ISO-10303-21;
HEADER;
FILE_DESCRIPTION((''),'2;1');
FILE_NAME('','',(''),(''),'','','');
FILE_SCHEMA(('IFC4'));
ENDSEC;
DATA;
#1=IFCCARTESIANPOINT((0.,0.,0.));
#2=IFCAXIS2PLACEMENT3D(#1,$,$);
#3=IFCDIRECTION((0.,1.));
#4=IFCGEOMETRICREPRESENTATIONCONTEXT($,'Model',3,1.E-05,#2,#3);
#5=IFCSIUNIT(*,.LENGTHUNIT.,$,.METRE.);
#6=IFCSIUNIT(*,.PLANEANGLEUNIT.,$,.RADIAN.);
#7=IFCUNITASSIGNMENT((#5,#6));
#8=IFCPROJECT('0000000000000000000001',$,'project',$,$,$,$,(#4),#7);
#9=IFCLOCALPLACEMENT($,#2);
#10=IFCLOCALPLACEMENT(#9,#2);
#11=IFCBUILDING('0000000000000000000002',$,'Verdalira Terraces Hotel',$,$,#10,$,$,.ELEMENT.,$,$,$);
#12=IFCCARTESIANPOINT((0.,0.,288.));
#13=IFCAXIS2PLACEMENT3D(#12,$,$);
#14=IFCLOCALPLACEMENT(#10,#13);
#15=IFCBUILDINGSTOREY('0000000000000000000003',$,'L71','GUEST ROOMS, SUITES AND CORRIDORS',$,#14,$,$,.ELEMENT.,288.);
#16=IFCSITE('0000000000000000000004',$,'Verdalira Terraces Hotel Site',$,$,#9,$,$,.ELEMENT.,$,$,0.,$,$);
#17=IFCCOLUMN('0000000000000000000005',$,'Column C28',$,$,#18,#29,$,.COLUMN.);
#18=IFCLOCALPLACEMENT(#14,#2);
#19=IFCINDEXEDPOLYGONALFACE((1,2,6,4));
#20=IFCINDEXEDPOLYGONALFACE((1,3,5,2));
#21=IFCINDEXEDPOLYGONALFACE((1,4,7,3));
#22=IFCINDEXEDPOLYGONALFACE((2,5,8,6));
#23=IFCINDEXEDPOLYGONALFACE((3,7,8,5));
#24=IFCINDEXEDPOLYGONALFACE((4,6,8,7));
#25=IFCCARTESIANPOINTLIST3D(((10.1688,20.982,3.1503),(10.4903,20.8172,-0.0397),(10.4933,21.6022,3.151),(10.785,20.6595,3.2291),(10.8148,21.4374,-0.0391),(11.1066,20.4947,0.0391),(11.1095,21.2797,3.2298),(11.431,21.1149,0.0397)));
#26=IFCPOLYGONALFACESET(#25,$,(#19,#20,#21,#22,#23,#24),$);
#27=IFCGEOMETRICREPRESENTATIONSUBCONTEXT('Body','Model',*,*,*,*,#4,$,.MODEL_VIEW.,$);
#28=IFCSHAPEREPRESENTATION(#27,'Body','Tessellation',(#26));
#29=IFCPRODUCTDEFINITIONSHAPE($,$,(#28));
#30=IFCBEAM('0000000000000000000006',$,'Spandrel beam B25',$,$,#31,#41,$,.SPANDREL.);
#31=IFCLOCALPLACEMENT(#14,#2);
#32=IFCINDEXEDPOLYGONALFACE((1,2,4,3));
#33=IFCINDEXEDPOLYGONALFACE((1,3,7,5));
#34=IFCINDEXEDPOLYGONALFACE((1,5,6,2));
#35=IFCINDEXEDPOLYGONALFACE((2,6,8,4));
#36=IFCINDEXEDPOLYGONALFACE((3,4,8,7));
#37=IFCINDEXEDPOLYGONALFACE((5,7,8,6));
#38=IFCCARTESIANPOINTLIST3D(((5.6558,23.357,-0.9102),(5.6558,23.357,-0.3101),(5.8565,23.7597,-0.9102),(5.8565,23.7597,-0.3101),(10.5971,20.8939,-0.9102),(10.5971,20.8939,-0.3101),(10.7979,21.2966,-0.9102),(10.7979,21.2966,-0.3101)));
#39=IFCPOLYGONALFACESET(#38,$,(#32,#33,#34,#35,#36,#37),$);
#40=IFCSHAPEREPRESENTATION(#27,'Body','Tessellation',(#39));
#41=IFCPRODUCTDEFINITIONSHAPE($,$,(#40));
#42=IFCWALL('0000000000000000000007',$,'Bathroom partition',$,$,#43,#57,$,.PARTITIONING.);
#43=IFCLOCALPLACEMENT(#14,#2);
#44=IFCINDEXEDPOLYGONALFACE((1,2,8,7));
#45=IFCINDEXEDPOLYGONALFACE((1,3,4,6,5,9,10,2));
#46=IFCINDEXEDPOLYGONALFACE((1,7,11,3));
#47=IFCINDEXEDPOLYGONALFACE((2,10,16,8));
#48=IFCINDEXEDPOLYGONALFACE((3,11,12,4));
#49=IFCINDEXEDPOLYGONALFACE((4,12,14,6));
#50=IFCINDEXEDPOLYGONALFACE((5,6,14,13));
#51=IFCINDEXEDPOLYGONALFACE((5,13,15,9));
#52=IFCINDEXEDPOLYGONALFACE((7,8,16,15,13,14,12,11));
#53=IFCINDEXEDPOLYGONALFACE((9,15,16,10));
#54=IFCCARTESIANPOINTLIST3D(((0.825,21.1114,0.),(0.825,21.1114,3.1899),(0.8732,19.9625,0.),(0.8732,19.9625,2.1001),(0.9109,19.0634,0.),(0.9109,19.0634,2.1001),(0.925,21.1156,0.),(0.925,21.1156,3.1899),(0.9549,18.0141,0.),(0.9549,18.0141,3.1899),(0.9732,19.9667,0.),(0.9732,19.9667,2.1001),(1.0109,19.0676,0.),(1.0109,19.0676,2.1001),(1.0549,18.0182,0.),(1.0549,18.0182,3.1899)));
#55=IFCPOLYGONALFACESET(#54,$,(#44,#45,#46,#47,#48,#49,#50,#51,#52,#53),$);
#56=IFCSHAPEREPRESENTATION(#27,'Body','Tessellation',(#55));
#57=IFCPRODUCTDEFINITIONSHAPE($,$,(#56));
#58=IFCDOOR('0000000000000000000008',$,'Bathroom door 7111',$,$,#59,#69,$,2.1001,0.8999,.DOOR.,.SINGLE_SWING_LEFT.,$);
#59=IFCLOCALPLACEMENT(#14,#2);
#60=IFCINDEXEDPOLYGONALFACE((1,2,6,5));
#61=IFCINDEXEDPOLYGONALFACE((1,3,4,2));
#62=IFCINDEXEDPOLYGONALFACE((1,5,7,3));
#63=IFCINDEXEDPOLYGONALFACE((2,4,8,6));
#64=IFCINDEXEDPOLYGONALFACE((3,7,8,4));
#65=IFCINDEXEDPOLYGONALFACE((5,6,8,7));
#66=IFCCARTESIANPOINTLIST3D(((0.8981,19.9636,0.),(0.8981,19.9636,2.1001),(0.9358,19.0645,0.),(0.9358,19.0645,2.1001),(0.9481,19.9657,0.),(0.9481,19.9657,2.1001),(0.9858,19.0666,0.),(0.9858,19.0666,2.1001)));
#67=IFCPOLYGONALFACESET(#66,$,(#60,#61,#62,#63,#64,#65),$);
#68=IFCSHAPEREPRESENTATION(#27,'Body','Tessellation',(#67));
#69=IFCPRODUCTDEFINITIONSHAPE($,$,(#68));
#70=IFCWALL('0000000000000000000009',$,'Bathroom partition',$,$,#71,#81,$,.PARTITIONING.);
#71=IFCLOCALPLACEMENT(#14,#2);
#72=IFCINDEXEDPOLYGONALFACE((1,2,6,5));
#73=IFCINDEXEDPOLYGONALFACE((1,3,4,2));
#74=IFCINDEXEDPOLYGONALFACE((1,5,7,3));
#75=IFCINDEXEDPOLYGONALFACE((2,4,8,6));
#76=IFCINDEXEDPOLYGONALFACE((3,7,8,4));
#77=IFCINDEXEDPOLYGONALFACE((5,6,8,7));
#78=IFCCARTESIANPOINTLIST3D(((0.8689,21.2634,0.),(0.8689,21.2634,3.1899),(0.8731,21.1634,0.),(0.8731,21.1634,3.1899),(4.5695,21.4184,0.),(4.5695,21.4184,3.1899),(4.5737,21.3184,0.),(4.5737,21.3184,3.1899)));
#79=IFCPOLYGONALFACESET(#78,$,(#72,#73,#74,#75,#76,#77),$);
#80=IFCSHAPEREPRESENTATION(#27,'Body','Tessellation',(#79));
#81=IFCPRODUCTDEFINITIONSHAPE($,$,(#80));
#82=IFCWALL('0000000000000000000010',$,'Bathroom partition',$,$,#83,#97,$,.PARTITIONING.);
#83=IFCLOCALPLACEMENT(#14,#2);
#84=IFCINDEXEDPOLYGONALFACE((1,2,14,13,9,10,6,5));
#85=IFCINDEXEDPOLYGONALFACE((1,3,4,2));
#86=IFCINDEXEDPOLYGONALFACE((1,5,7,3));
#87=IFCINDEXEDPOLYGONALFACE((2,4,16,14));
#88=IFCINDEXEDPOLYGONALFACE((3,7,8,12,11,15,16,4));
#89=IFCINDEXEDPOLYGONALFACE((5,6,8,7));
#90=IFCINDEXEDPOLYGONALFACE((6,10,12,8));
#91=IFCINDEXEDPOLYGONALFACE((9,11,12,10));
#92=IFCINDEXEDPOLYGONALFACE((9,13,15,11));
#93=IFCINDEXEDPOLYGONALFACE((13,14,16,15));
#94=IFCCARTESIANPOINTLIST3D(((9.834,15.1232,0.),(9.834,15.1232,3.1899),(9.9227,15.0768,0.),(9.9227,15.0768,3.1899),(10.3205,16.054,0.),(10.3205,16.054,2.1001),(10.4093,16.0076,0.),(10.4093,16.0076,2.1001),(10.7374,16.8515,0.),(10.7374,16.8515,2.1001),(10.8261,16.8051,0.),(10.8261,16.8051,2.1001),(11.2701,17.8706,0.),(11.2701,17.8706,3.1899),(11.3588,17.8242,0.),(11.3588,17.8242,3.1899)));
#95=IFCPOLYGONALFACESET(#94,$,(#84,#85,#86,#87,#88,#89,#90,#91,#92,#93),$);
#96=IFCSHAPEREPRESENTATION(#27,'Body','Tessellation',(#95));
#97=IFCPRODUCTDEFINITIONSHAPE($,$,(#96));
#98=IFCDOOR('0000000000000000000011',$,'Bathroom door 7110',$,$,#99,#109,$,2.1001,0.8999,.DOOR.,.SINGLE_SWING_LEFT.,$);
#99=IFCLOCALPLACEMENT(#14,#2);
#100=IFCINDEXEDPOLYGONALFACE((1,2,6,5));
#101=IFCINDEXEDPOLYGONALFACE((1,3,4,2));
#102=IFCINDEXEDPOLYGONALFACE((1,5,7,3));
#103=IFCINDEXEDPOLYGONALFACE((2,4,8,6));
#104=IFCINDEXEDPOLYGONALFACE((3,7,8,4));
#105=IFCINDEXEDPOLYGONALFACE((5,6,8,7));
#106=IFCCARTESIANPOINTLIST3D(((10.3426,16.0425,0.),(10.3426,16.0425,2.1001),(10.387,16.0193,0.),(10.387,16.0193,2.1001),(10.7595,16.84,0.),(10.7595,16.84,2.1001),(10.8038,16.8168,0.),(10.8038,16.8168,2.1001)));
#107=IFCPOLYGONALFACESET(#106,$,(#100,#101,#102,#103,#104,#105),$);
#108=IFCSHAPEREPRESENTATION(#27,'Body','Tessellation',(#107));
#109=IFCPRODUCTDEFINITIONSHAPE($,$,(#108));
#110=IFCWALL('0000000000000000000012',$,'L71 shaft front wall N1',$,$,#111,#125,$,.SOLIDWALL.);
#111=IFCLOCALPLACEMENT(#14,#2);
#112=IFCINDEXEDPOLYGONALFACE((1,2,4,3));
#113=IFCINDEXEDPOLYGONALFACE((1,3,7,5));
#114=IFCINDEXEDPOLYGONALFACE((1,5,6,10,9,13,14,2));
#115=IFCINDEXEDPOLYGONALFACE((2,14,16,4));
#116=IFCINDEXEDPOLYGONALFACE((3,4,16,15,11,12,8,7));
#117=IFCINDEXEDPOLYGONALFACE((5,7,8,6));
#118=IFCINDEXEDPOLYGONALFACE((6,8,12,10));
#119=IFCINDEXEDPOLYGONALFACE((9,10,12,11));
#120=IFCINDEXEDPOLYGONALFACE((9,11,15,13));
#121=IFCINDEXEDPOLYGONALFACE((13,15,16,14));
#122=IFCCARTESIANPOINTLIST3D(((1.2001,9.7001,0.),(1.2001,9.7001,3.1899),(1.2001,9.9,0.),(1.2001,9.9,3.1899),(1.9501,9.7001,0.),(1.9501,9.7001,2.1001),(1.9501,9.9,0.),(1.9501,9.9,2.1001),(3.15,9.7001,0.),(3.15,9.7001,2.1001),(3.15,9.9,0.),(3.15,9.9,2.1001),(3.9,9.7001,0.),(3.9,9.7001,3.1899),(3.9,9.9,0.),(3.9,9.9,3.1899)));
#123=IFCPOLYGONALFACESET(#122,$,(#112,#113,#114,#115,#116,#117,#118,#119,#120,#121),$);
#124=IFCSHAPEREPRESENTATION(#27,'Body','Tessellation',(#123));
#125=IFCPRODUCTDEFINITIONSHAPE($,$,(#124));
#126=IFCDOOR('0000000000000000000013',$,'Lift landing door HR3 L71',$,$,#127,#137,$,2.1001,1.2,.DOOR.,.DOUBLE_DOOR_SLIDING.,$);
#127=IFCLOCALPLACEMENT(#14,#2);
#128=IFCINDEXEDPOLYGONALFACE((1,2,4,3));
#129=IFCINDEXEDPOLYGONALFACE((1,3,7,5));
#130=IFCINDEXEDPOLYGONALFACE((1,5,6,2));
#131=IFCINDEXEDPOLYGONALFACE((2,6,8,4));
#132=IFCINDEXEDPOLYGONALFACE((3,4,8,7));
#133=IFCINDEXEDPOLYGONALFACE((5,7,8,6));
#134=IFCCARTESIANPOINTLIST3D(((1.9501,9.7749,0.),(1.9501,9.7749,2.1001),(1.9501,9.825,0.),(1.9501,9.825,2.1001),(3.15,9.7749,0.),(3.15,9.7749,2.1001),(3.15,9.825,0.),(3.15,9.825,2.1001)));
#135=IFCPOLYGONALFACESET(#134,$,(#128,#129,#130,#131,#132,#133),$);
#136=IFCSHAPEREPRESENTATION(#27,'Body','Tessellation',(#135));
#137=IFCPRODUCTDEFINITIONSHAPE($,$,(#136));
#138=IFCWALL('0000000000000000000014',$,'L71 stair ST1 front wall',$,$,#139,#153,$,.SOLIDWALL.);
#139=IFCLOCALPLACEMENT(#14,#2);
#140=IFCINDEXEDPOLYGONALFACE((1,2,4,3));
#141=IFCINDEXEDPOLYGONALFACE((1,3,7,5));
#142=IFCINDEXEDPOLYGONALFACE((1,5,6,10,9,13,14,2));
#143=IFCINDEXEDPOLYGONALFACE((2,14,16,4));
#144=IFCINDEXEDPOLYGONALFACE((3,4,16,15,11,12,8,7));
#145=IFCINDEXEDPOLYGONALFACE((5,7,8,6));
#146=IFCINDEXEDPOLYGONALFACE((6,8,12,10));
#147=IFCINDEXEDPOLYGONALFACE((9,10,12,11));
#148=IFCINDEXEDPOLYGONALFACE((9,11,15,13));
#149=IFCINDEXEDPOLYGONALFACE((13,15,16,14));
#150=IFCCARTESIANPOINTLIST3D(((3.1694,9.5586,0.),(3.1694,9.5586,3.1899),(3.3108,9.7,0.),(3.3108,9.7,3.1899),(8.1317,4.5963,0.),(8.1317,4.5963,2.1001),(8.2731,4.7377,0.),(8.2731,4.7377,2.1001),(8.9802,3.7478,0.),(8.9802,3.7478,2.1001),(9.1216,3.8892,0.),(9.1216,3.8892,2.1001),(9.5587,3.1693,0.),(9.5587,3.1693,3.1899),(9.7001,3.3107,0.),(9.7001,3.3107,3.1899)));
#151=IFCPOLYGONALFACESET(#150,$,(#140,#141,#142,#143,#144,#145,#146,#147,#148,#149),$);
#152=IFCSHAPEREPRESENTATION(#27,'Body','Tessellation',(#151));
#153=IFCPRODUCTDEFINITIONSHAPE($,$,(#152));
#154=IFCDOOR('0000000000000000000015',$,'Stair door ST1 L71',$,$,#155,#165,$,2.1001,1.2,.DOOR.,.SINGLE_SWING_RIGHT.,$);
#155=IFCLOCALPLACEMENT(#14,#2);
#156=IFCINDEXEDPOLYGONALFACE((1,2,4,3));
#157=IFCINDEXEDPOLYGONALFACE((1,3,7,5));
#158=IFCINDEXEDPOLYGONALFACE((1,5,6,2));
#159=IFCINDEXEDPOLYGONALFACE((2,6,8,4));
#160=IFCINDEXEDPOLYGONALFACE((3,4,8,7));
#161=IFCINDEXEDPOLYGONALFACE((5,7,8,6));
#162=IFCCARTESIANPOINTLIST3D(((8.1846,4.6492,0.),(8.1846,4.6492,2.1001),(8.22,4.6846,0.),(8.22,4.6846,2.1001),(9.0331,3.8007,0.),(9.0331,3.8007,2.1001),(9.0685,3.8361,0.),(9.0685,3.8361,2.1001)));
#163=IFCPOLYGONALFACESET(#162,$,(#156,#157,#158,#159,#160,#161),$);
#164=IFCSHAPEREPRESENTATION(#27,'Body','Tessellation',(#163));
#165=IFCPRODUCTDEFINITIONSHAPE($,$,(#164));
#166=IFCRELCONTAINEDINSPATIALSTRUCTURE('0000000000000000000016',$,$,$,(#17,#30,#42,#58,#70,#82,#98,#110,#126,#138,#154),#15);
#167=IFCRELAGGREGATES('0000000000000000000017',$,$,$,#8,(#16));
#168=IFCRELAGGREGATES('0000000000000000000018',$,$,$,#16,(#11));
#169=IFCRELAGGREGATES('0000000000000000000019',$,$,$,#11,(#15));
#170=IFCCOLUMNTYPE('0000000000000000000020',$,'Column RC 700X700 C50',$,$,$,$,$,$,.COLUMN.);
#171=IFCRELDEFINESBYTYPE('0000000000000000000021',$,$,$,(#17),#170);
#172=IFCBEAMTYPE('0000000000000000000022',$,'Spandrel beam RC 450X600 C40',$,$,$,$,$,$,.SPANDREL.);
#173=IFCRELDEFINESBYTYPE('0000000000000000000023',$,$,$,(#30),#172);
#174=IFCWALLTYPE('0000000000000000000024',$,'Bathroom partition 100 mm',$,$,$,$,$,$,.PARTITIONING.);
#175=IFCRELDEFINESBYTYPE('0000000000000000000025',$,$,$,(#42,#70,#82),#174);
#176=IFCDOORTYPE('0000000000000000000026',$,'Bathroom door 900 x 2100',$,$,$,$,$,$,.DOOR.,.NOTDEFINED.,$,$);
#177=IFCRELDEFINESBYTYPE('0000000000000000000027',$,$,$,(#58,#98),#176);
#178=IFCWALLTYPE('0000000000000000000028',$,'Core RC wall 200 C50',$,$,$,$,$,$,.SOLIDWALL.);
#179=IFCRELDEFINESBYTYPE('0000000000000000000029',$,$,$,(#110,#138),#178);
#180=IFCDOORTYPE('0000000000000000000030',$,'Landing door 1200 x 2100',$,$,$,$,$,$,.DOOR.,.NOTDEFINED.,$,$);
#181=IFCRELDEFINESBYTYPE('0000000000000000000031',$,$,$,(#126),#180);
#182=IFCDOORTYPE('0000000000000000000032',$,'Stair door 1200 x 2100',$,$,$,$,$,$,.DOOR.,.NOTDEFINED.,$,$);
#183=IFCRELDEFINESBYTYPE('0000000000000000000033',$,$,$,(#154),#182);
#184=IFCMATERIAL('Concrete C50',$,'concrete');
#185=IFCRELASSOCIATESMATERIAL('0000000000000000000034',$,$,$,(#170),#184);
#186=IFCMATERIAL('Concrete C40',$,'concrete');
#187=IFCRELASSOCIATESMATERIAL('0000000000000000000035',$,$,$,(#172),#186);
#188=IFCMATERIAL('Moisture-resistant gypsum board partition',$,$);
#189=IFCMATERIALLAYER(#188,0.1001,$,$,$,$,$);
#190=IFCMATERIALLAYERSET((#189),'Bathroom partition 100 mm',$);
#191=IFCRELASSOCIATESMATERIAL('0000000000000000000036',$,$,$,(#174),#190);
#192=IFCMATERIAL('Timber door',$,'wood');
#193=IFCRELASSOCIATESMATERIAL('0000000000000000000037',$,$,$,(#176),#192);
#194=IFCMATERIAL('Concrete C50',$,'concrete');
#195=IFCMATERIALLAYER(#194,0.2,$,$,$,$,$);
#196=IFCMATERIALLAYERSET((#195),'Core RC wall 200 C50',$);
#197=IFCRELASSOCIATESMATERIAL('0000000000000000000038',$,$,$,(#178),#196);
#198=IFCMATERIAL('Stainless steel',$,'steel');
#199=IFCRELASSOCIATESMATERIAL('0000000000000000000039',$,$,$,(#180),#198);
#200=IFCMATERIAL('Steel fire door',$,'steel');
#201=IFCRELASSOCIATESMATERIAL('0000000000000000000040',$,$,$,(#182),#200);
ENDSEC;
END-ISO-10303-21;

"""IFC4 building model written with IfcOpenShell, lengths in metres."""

from ifc_helpers import new_model, si_unit, direction, frame, frame_2d, origin, origin_2d, place, context, subcontext, project, spatial, rectangle, extrude, material, layer, layer_set, material_profile, profile_set, type_object, element, fill, save


model = new_model("IFC4")

# Units and contexts
model_context = context("Model", 3, precision=1e-05, world=origin(), true_north=direction((0.0, 1.0)))
body_context = subcontext(model_context, "Body", "Model", "MODEL_VIEW")
ifc_project = project(units=[si_unit("LENGTHUNIT", "METRE"), si_unit("PLANEANGLEUNIT", "RADIAN")], contexts=[model_context])

# Site, building, storey
site_placement = place(None, origin())
site = spatial("IfcSite", under=ifc_project, at=site_placement, Name="Verdalira Terraces Hotel Site", CompositionType="ELEMENT", RefElevation=0.0)
building_placement = place(site_placement, origin())
building = spatial("IfcBuilding", under=site, at=building_placement, Name="Verdalira Terraces Hotel", CompositionType="ELEMENT")
storey_placement = place(building_placement, frame((0.0, 0.0, 288.0)))
storey = spatial("IfcBuildingStorey", under=building, at=storey_placement, Name="L71", Description="GUEST ROOMS, SUITES AND CORRIDORS", CompositionType="ELEMENT", Elevation=288.0)

# Column
ifc_material_1 = material(Name="Concrete C50", Category="concrete")
ifc_material_profile_1 = material_profile(ifc_material_1, rectangle(XDim=0.7, YDim=0.7, at=origin_2d()), Name="RC 700X700")
ifc_profile_set_1 = profile_set([ifc_material_profile_1], Name="Concrete C50")
column_type = type_object("IfcColumnType", Name="Column RC 700X700 C50", PredefinedType="COLUMN", material=ifc_profile_set_1)
column_placement = place(storey_placement, frame((10.9607, 20.9661, 0.0), z_axis=(-0.100156, 0.051333, 0.993647), x_axis=(-0.880392, 0.4607, -0.11254)))
element("IfcColumn", 1, at=column_placement, inside=storey, type_object=column_type, Name="Column C28", PredefinedType="COLUMN", context=body_context, shape_type="SweptSolid", body=[
    extrude(rectangle(XDim=0.7, YDim=0.7, at=origin_2d()), origin(), (0.0, 0.0, 1.0), 3.2104),
])

# Beam
ifc_material_2 = material(Name="Concrete C40", Category="concrete")
ifc_material_profile_2 = material_profile(ifc_material_2, rectangle(XDim=0.45, YDim=0.6001, at=origin_2d()), Name="RC 450X600")
ifc_profile_set_2 = profile_set([ifc_material_profile_2], Name="Concrete C40")
beam_type = type_object("IfcBeamType", Name="Spandrel beam RC 450X600 C40", PredefinedType="SPANDREL", material=ifc_profile_set_2)
beam_placement = place(storey_placement, frame((10.6975, 21.0952, -0.6101), z_axis=(-0.894975, 0.446117, 0.0), x_axis=(-0.446117, -0.894975, 0.0)))
element("IfcBeam", 2, at=beam_placement, inside=storey, type_object=beam_type, Name="Spandrel beam B25", PredefinedType="SPANDREL", context=body_context, shape_type="SweptSolid", body=[
    extrude(rectangle(XDim=0.45, YDim=0.6001, at=origin_2d()), origin(), (0.0, 0.0, 1.0), 5.5212),
])

# Wall, opening, door
ifc_material_3 = material(Name="Moisture-resistant gypsum board partition")
ifc_layer_1 = layer(ifc_material_3, 0.1001)
ifc_layer_set_1 = layer_set([ifc_layer_1], Name="Bathroom partition 100 mm")
wall_type_1 = type_object("IfcWallType", Name="Bathroom partition 100 mm", PredefinedType="PARTITIONING", material=ifc_layer_set_1)
wall_1_placement = place(storey_placement, frame((0.875, 21.1135, 0.0), z_axis=(0.0, 0.0, 1.0), x_axis=(0.041896, -0.999122, 0.0)))
wall_1 = element("IfcWall", 3, at=wall_1_placement, inside=storey, type_object=wall_type_1, Name="Bathroom partition", PredefinedType="PARTITIONING", context=body_context, shape_type="SweptSolid", body=[
    extrude(rectangle(XDim=3.1001, YDim=0.1001, at=frame_2d((1.55, 0.0))), origin(), (0.0, 0.0, 1.0), 3.1899),
])
opening_1_placement = place(wall_1_placement, frame((1.1499, 0.0, 0.0)))
opening_1 = element("IfcOpeningElement", 4, at=opening_1_placement, cuts=wall_1, PredefinedType="OPENING", context=body_context, shape_type="SweptSolid", body=[
    extrude(rectangle(XDim=0.8999, YDim=2.1001, at=frame_2d((0.45, 1.05))), frame((0.0, 0.0601, 0.0), z_axis=(0.0, -1.0, 0.0), x_axis=(1.0, 0.0, 0.0)), (0.0, 0.0, 1.0), 0.1201),
])
ifc_material_4 = material(Name="Timber door", Category="wood")
door_type_1 = type_object("IfcDoorType", Name="Bathroom door 900 x 2100", OperationType="NOTDEFINED", PredefinedType="DOOR", material=ifc_material_4)
door_1_placement = place(opening_1_placement, origin())
door_1 = element("IfcDoor", 5, at=door_1_placement, inside=storey, type_object=door_type_1, Name="Bathroom door 7111", OperationType="SINGLE_SWING_LEFT", OverallHeight=2.1001, OverallWidth=0.8999, PredefinedType="DOOR", context=body_context, shape_type="SweptSolid", body=[
    extrude(rectangle(XDim=0.8999, YDim=2.1001, at=frame_2d((0.45, 1.05))), frame((0.0, 0.0249, 0.0), z_axis=(0.0, -1.0, 0.0), x_axis=(1.0, 0.0, 0.0)), (0.0, 0.0, 1.0), 0.05),
])
fill(opening_1, door_1)

# Wall
wall_2_placement = place(storey_placement, frame((0.8709, 21.2134, 0.0), z_axis=(0.0, 0.0, 1.0), x_axis=(0.999124, 0.041855, 0.0)))
element("IfcWall", 6, at=wall_2_placement, inside=storey, type_object=wall_type_1, Name="Bathroom partition", PredefinedType="PARTITIONING", context=body_context, shape_type="SweptSolid", body=[
    extrude(rectangle(XDim=3.7039, YDim=0.1001, at=frame_2d((1.8521, 0.0))), origin(), (0.0, 0.0, 1.0), 3.1899),
])

# Walls, openings, doors
wall_3_placement = place(storey_placement, frame((11.3145, 17.8474, 0.0), z_axis=(0.0, 0.0, 1.0), x_axis=(-0.463239, -0.886234, 0.0)))
wall_3 = element("IfcWall", 7, at=wall_3_placement, inside=storey, type_object=wall_type_1, Name="Bathroom partition", PredefinedType="PARTITIONING", context=body_context, shape_type="SweptSolid", body=[
    extrude(rectangle(XDim=3.1001, YDim=0.1001, at=frame_2d((1.55, 0.0))), origin(), (0.0, 0.0, 1.0), 3.1899),
])
opening_2_placement = place(wall_3_placement, frame((1.1499, 0.0, 0.0)))
opening_2 = element("IfcOpeningElement", 8, at=opening_2_placement, cuts=wall_3, PredefinedType="OPENING", context=body_context, shape_type="SweptSolid", body=[
    extrude(rectangle(XDim=0.8999, YDim=2.1001, at=frame_2d((0.45, 1.05))), frame((0.0, 0.0601, 0.0), z_axis=(0.0, -1.0, 0.0), x_axis=(1.0, 0.0, 0.0)), (0.0, 0.0, 1.0), 0.1201),
])
door_2_placement = place(opening_2_placement, origin())
door_2 = element("IfcDoor", 9, at=door_2_placement, inside=storey, type_object=door_type_1, Name="Bathroom door 7110", OperationType="SINGLE_SWING_LEFT", OverallHeight=2.1001, OverallWidth=0.8999, PredefinedType="DOOR", context=body_context, shape_type="SweptSolid", body=[
    extrude(rectangle(XDim=0.8999, YDim=2.1001, at=frame_2d((0.45, 1.05))), frame((0.0, 0.0249, 0.0), z_axis=(0.0, -1.0, 0.0), x_axis=(1.0, 0.0, 0.0)), (0.0, 0.0, 1.0), 0.05),
])
fill(opening_2, door_2)
ifc_material_5 = material(Name="Concrete C50", Category="concrete")
ifc_layer_2 = layer(ifc_material_5, 0.2)
ifc_layer_set_2 = layer_set([ifc_layer_2], Name="Core RC wall 200 C50")
wall_type_2 = type_object("IfcWallType", Name="Core RC wall 200 C50", PredefinedType="SOLIDWALL", material=ifc_layer_set_2)
wall_4_placement = place(storey_placement, frame((1.2, 9.8, 0.0), z_axis=(0.0, 0.0, 1.0), x_axis=(1.0, 0.0, 0.0)))
wall_4 = element("IfcWall", 10, at=wall_4_placement, inside=storey, type_object=wall_type_2, Name="L71 shaft front wall N1", PredefinedType="SOLIDWALL", context=body_context, shape_type="SweptSolid", body=[
    extrude(rectangle(XDim=2.7, YDim=0.2, at=frame_2d((1.3501, 0.0))), origin(), (0.0, 0.0, 1.0), 3.1899),
])
opening_3_placement = place(wall_4_placement, frame((0.75, 0.0, 0.0)))
opening_3 = element("IfcOpeningElement", 11, at=opening_3_placement, cuts=wall_4, PredefinedType="OPENING", context=body_context, shape_type="SweptSolid", body=[
    extrude(rectangle(XDim=1.2, YDim=2.1001, at=frame_2d((0.6001, 1.05))), frame((0.0, 0.1099, 0.0), z_axis=(0.0, -1.0, 0.0), x_axis=(1.0, 0.0, 0.0)), (0.0, 0.0, 1.0), 0.22),
])
ifc_material_6 = material(Name="Stainless steel", Category="steel")
door_type_2 = type_object("IfcDoorType", Name="Landing door 1200 x 2100", OperationType="NOTDEFINED", PredefinedType="DOOR", material=ifc_material_6)
door_3_placement = place(opening_3_placement, origin())
door_3 = element("IfcDoor", 12, at=door_3_placement, inside=storey, type_object=door_type_2, Name="Lift landing door HR3 L71", OperationType="DOUBLE_DOOR_SLIDING", OverallHeight=2.1001, OverallWidth=1.2, PredefinedType="DOOR", context=body_context, shape_type="SweptSolid", body=[
    extrude(rectangle(XDim=1.2, YDim=2.1001, at=frame_2d((0.6001, 1.05))), frame((0.0, 0.0249, 0.0), z_axis=(0.0, -1.0, 0.0), x_axis=(1.0, 0.0, 0.0)), (0.0, 0.0, 1.0), 0.05),
])
fill(opening_3, door_3)
wall_5_placement = place(storey_placement, frame((3.24, 9.6294, 0.0), z_axis=(0.0, 0.0, 1.0), x_axis=(0.707107, -0.707107, 0.0)))
wall_5 = element("IfcWall", 13, at=wall_5_placement, inside=storey, type_object=wall_type_2, Name="L71 stair ST1 front wall", PredefinedType="SOLIDWALL", context=body_context, shape_type="SweptSolid", body=[
    extrude(rectangle(XDim=9.0359, YDim=0.2, at=frame_2d((4.5181, 0.0))), origin(), (0.0, 0.0, 1.0), 3.1899),
])
opening_4_placement = place(wall_5_placement, frame((7.0178, 0.0, 0.0)))
opening_4 = element("IfcOpeningElement", 14, at=opening_4_placement, cuts=wall_5, PredefinedType="OPENING", context=body_context, shape_type="SweptSolid", body=[
    extrude(rectangle(XDim=1.2, YDim=2.1001, at=frame_2d((0.6001, 1.05))), frame((0.0, 0.1099, 0.0), z_axis=(0.0, -1.0, 0.0), x_axis=(1.0, 0.0, 0.0)), (0.0, 0.0, 1.0), 0.22),
])
ifc_material_7 = material(Name="Steel fire door", Category="steel")
door_type_3 = type_object("IfcDoorType", Name="Stair door 1200 x 2100", OperationType="NOTDEFINED", PredefinedType="DOOR", material=ifc_material_7)
door_4_placement = place(opening_4_placement, origin())
door_4 = element("IfcDoor", 15, at=door_4_placement, inside=storey, type_object=door_type_3, Name="Stair door ST1 L71", OperationType="SINGLE_SWING_RIGHT", OverallHeight=2.1001, OverallWidth=1.2, PredefinedType="DOOR", context=body_context, shape_type="SweptSolid", body=[
    extrude(rectangle(XDim=1.2, YDim=2.1001, at=frame_2d((0.6001, 1.05))), frame((0.0, 0.0249, 0.0), z_axis=(0.0, -1.0, 0.0), x_axis=(1.0, 0.0, 0.0)), (0.0, 0.0, 1.0), 0.05),
])
fill(opening_4, door_4)

save(model, "model.ifc")
